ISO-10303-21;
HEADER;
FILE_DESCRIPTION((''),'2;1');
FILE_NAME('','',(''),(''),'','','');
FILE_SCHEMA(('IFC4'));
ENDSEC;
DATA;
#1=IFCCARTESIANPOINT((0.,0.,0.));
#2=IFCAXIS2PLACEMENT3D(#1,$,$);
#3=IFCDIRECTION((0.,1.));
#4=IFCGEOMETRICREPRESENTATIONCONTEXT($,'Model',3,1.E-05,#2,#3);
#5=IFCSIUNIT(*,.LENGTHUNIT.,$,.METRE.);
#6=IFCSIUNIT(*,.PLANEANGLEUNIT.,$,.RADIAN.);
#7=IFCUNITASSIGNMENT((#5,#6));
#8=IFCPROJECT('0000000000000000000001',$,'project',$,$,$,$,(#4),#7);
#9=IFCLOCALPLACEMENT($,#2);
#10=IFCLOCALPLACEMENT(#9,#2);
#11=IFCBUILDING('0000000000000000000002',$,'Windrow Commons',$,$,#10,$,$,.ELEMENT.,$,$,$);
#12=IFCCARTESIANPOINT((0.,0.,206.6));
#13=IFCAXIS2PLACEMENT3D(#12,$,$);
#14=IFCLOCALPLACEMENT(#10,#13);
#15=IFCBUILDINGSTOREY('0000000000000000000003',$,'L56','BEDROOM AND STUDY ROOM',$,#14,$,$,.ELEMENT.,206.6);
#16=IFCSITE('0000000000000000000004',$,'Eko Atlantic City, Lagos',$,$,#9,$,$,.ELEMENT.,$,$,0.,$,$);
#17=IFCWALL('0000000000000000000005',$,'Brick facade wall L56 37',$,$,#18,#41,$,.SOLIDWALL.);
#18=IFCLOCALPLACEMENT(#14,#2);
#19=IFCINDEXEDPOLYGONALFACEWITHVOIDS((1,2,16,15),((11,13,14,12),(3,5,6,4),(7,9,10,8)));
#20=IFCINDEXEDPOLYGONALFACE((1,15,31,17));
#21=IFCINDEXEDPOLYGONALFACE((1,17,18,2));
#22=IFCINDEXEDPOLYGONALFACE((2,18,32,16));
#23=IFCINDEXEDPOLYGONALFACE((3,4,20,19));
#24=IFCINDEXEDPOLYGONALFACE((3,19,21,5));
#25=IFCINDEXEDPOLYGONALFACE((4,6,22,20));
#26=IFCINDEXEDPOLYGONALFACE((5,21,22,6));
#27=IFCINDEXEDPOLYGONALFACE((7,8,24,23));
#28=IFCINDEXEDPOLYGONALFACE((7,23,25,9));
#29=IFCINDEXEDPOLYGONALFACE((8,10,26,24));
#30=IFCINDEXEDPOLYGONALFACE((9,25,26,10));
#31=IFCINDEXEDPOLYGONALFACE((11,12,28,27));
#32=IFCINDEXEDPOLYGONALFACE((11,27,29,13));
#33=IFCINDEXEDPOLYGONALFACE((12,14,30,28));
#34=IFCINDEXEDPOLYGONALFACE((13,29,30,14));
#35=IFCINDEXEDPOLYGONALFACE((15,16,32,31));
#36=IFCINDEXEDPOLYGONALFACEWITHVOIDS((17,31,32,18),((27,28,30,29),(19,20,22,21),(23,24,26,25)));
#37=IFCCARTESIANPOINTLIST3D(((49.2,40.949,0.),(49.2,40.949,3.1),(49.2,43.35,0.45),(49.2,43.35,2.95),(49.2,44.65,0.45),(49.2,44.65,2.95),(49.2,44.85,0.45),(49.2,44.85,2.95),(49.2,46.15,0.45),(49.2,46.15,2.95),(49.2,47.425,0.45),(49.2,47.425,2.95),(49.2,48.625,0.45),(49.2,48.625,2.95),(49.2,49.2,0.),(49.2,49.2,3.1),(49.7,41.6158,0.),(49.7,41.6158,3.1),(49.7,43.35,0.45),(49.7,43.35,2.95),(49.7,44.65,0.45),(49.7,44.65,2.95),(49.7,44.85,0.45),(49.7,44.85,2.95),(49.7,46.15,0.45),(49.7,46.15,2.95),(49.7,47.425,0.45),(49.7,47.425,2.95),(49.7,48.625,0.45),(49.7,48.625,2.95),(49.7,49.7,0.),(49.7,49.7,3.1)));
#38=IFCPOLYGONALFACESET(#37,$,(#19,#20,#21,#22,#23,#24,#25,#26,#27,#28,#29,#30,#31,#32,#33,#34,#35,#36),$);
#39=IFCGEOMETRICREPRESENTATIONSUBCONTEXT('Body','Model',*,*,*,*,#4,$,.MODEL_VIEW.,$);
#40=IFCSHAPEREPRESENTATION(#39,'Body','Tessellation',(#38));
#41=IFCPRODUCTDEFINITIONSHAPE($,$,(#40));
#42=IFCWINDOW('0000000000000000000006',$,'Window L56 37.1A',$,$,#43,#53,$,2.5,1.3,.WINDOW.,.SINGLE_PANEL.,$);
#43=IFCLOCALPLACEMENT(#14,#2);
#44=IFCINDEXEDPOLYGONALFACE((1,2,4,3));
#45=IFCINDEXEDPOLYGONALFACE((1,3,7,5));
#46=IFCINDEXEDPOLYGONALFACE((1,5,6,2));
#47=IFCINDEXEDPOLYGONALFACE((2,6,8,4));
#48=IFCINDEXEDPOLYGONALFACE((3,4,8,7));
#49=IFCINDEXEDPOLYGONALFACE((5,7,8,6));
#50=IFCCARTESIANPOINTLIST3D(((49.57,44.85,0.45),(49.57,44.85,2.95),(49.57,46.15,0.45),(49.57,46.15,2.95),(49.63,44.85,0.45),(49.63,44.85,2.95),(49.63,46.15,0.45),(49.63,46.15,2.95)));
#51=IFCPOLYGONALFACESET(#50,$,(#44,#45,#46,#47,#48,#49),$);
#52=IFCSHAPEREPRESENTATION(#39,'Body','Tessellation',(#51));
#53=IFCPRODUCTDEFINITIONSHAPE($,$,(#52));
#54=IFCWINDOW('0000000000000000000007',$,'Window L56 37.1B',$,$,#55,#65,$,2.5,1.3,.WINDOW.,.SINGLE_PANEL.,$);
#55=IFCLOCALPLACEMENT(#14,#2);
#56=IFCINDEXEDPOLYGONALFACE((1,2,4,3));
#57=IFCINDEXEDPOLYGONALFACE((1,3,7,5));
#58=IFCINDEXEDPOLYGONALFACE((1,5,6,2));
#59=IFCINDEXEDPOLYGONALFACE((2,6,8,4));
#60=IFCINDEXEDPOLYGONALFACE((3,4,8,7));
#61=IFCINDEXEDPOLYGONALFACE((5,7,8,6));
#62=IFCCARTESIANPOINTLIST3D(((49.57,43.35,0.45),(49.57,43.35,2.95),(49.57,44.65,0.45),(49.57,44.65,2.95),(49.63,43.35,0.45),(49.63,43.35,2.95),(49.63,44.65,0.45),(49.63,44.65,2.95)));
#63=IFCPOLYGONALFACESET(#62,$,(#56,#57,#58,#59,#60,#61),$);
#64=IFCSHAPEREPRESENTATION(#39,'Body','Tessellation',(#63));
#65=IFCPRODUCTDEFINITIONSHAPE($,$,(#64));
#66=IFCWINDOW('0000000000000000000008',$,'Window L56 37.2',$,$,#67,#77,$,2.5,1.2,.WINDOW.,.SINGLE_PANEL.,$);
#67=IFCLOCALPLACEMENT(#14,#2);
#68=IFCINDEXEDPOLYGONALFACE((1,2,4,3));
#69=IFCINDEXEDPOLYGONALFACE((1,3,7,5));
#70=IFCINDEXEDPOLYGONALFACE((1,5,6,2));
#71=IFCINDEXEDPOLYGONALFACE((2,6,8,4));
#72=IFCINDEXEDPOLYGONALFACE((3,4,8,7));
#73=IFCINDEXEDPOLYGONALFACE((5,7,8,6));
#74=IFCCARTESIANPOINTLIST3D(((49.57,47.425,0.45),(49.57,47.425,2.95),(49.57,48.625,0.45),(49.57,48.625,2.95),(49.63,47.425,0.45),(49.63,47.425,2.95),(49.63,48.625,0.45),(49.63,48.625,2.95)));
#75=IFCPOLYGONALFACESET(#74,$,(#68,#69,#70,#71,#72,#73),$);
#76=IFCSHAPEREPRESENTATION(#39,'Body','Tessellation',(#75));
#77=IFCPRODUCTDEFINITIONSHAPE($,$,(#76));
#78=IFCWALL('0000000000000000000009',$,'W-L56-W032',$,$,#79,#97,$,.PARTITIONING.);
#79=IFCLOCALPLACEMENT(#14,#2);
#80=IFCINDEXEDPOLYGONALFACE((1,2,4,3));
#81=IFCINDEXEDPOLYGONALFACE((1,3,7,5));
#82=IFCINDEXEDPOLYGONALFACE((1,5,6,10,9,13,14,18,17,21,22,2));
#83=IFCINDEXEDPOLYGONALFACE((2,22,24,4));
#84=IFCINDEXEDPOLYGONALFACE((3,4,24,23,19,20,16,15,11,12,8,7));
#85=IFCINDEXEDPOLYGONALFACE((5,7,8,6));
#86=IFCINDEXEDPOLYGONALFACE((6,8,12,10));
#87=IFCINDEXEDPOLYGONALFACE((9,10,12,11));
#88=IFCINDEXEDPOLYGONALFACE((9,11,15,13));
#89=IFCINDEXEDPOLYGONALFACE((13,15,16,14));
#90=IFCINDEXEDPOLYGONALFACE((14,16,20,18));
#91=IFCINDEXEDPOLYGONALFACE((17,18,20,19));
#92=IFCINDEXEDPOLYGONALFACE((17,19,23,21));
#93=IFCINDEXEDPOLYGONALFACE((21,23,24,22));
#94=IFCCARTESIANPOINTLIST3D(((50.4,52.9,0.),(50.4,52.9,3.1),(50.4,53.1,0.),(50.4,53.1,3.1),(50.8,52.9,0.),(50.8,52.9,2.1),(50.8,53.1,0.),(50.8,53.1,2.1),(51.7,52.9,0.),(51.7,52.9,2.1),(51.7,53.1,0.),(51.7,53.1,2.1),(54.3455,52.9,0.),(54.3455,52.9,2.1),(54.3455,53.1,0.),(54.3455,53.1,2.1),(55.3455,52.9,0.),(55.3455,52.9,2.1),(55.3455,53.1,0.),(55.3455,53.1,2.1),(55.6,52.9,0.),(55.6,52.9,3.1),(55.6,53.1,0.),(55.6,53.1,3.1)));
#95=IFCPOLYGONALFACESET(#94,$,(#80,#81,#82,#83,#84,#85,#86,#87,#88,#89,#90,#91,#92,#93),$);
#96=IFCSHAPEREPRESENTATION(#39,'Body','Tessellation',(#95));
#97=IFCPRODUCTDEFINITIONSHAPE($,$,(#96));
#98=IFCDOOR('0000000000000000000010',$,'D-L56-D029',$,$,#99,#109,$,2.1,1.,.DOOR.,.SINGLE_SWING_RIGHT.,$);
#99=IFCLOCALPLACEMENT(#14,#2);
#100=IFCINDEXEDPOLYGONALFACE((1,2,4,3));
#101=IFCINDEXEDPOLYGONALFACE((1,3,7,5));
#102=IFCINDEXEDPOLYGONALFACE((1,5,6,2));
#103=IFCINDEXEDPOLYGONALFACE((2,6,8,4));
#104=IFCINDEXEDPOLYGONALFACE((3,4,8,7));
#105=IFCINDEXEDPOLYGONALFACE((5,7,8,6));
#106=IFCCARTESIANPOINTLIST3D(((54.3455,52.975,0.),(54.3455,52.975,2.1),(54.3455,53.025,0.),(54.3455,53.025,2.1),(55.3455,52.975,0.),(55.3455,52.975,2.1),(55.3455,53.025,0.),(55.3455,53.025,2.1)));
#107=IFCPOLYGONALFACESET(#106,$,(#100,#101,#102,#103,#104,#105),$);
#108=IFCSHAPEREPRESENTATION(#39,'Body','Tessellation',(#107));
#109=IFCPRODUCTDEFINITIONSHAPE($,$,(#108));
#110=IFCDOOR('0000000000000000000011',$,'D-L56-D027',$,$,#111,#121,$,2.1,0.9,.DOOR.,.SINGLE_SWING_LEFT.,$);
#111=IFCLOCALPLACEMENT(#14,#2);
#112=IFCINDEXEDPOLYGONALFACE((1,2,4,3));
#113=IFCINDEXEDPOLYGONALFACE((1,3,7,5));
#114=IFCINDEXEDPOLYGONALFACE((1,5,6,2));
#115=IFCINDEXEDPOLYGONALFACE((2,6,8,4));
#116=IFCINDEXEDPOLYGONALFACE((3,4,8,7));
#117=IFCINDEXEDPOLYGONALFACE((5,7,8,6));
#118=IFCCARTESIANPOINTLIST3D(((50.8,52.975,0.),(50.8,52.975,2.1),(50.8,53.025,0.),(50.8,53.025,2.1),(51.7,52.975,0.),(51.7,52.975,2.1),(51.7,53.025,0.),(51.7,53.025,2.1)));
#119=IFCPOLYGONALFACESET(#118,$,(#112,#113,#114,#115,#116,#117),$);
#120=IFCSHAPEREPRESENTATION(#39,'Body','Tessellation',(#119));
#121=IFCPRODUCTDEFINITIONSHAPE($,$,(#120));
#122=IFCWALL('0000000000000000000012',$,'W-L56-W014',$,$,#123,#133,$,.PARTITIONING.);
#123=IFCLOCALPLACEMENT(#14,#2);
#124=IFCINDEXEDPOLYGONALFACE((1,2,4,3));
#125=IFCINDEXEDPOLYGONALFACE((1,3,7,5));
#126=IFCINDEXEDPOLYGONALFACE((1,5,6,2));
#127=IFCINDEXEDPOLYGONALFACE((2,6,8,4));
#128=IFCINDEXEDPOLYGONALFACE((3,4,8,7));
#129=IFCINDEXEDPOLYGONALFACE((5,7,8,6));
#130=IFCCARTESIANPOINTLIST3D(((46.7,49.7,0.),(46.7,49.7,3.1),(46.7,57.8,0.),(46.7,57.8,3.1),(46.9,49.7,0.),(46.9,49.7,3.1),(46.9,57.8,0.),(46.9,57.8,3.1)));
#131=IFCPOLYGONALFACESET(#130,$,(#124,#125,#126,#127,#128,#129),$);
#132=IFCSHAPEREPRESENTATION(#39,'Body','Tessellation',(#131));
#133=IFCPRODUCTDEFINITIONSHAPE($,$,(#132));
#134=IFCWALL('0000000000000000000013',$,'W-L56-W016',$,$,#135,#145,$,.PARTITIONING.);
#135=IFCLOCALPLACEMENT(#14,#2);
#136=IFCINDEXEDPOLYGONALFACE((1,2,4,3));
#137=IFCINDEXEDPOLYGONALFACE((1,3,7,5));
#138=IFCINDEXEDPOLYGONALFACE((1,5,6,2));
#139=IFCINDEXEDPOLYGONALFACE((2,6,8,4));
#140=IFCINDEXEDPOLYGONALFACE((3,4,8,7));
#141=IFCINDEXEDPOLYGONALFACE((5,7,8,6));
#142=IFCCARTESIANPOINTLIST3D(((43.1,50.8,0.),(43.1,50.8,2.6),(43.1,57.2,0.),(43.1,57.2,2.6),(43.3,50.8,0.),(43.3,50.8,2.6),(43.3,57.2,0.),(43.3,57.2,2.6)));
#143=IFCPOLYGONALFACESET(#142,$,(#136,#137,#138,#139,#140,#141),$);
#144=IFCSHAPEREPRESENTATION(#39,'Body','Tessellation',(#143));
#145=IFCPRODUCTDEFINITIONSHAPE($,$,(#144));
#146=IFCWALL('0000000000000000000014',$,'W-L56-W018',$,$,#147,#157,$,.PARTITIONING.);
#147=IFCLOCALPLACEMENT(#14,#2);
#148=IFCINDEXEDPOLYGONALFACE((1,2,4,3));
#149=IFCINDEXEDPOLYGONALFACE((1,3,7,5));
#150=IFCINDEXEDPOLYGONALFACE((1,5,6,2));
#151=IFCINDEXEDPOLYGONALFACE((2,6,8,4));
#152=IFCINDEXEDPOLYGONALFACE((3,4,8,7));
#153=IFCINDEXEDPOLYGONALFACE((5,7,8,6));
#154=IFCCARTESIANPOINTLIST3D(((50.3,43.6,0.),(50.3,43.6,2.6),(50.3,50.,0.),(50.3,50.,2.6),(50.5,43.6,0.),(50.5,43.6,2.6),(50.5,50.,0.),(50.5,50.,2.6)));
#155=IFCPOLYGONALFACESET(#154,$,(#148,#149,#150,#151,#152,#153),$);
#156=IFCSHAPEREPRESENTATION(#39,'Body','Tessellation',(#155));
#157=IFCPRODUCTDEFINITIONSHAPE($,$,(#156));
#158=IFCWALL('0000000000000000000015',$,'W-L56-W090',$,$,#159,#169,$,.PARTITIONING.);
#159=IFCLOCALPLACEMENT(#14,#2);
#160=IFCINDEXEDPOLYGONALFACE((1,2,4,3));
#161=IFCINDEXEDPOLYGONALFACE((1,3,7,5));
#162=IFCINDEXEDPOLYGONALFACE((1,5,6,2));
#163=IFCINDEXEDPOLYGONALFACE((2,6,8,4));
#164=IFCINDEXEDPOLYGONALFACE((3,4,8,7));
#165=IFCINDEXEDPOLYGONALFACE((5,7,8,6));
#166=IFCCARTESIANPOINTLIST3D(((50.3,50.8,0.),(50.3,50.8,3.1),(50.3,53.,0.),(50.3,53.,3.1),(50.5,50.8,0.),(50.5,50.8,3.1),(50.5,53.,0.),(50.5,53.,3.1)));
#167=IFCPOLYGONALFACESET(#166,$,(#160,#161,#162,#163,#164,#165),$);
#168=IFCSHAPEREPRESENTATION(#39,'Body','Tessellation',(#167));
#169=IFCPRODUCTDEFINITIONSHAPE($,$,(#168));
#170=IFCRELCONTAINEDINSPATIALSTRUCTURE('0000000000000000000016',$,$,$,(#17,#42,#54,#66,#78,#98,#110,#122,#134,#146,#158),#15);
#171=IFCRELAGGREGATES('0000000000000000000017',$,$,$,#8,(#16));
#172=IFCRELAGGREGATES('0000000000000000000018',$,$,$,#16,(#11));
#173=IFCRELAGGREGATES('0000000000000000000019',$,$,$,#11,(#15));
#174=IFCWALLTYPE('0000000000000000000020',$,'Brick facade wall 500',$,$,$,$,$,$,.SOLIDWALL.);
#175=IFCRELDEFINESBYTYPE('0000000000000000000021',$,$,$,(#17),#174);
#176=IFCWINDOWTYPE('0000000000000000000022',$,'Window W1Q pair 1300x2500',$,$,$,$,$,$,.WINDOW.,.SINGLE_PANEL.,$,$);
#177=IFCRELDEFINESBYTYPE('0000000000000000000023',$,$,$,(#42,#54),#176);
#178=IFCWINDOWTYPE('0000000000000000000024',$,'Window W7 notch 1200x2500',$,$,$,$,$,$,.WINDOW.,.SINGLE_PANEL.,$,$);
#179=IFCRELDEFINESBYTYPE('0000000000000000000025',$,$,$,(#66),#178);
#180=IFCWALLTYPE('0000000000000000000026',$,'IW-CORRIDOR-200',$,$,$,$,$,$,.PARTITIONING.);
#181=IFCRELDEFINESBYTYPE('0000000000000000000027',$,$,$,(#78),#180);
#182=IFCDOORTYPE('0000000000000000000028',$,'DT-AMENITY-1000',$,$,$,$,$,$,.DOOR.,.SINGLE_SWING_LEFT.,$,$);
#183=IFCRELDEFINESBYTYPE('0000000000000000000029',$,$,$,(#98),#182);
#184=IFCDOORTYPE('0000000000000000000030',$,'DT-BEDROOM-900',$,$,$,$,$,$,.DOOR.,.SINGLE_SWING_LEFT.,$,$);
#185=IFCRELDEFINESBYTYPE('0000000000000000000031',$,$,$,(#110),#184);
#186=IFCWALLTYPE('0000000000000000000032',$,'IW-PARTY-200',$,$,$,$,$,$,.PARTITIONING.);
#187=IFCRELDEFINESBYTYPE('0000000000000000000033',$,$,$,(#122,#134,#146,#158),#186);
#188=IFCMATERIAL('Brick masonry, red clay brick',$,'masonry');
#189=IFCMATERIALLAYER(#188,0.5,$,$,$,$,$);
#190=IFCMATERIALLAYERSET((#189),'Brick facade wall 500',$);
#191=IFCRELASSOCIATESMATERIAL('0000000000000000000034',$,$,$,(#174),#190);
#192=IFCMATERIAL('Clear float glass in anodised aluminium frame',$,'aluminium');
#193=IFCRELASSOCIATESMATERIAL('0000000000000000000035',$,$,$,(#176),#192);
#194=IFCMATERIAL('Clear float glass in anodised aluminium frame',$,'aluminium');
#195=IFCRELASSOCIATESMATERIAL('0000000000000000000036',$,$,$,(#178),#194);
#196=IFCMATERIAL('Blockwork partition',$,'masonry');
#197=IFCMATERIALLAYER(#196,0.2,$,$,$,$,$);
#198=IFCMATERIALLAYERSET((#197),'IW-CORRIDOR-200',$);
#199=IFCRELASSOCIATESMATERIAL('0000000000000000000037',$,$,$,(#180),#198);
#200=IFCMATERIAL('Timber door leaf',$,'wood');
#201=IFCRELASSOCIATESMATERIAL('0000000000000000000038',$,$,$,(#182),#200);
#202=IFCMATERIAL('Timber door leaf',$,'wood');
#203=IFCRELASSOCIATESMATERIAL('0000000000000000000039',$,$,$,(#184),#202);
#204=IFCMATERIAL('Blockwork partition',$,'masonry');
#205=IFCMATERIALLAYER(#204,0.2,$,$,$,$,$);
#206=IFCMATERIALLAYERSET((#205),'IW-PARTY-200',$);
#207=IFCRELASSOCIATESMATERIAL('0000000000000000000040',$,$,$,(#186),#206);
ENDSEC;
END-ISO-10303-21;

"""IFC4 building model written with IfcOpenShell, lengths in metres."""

from ifc_helpers import new_model, si_unit, direction, frame, frame_2d, origin, place, context, subcontext, project, spatial, polyline, rectangle, outline, extrude, material, layer, layer_set, type_object, element, fill, save


model = new_model("IFC4")

# Units and contexts
model_context = context("Model", 3, precision=1e-05, world=origin(), true_north=direction((0.0, 1.0)))
body_context = subcontext(model_context, "Body", "Model", "MODEL_VIEW")
ifc_project = project(units=[si_unit("LENGTHUNIT", "METRE"), si_unit("PLANEANGLEUNIT", "RADIAN")], contexts=[model_context])

# Site, building, storey
site_placement = place(None, origin())
site = spatial("IfcSite", under=ifc_project, at=site_placement, Name="Eko Atlantic City, Lagos", CompositionType="ELEMENT", RefElevation=0.0)
building_placement = place(site_placement, origin())
building = spatial("IfcBuilding", under=site, at=building_placement, Name="Windrow Commons", CompositionType="ELEMENT")
storey_placement = place(building_placement, frame((0.0, 0.0, 206.6)))
storey = spatial("IfcBuildingStorey", under=building, at=storey_placement, Name="L56", Description="BEDROOM AND STUDY ROOM", CompositionType="ELEMENT", Elevation=206.6)

# Wall, openings, windows
ifc_material_1 = material(Name="Brick masonry, red clay brick", Category="masonry")
ifc_layer_1 = layer(ifc_material_1, 0.5)
ifc_layer_set_1 = layer_set([ifc_layer_1], Name="Brick facade wall 500")
wall_type_1 = type_object("IfcWallType", Name="Brick facade wall 500", PredefinedType="SOLIDWALL", material=ifc_layer_set_1)
ifc_material_2 = material(Name="Clear float glass in anodised aluminium frame", Category="aluminium")
window_type_1 = type_object("IfcWindowType", Name="Window W1Q pair 1300x2500", PartitioningType="SINGLE_PANEL", PredefinedType="WINDOW", material=ifc_material_2)
ifc_material_3 = material(Name="Clear float glass in anodised aluminium frame", Category="aluminium")
window_type_2 = type_object("IfcWindowType", Name="Window W7 notch 1200x2500", PartitioningType="SINGLE_PANEL", PredefinedType="WINDOW", material=ifc_material_3)
wall_1_placement = place(storey_placement, frame((49.45, 49.45, 0.0), z_axis=(0.0, 0.0, 1.0), x_axis=(0.0, -1.0, 0.0)))
wall_1 = element("IfcWall", 1, at=wall_1_placement, inside=storey, type_object=wall_type_1, Name="Brick facade wall L56 37", PredefinedType="SOLIDWALL", context=body_context, shape_type="SweptSolid", body=[
    extrude(outline(polyline([(0.25, -0.25), (8.501, -0.25), (7.8342, 0.25), (-0.25, 0.25), (0.25, -0.25)])), origin(), (0.0, 0.0, 1.0), 3.1),
])
opening_1_placement = place(wall_1_placement, frame((3.3, 0.0, 0.45)))
opening_1 = element("IfcOpeningElement", 2, at=opening_1_placement, cuts=wall_1, PredefinedType="OPENING", context=body_context, shape_type="SweptSolid", body=[
    extrude(rectangle(XDim=1.3, YDim=2.5, at=frame_2d((0.65, 1.25))), frame((0.0, 0.26, 0.0), z_axis=(0.0, -1.0, 0.0), x_axis=(1.0, 0.0, 0.0)), (0.0, 0.0, 1.0), 0.52),
])
opening_2_placement = place(wall_1_placement, frame((4.8, 0.0, 0.45)))
opening_2 = element("IfcOpeningElement", 3, at=opening_2_placement, cuts=wall_1, PredefinedType="OPENING", context=body_context, shape_type="SweptSolid", body=[
    extrude(rectangle(XDim=1.3, YDim=2.5, at=frame_2d((0.65, 1.25))), frame((0.0, 0.26, 0.0), z_axis=(0.0, -1.0, 0.0), x_axis=(1.0, 0.0, 0.0)), (0.0, 0.0, 1.0), 0.52),
])
opening_3_placement = place(wall_1_placement, frame((0.825, 0.0, 0.45)))
opening_3 = element("IfcOpeningElement", 4, at=opening_3_placement, cuts=wall_1, PredefinedType="OPENING", context=body_context, shape_type="SweptSolid", body=[
    extrude(rectangle(XDim=1.2, YDim=2.5, at=frame_2d((0.6, 1.25))), frame((0.0, 0.26, 0.0), z_axis=(0.0, -1.0, 0.0), x_axis=(1.0, 0.0, 0.0)), (0.0, 0.0, 1.0), 0.52),
])
window_1_placement = place(opening_1_placement, origin())
window_1 = element("IfcWindow", 5, at=window_1_placement, inside=storey, type_object=window_type_1, Name="Window L56 37.1A", OverallHeight=2.5, OverallWidth=1.3, PartitioningType="SINGLE_PANEL", PredefinedType="WINDOW", context=body_context, shape_type="SweptSolid", body=[
    extrude(rectangle(XDim=1.3, YDim=2.5, at=frame_2d((0.65, 1.25))), frame((0.0, 0.18, 0.0), z_axis=(0.0, -1.0, 0.0), x_axis=(1.0, 0.0, 0.0)), (0.0, 0.0, 1.0), 0.06),
])
fill(opening_1, window_1)
window_2_placement = place(opening_2_placement, origin())
window_2 = element("IfcWindow", 6, at=window_2_placement, inside=storey, type_object=window_type_1, Name="Window L56 37.1B", OverallHeight=2.5, OverallWidth=1.3, PartitioningType="SINGLE_PANEL", PredefinedType="WINDOW", context=body_context, shape_type="SweptSolid", body=[
    extrude(rectangle(XDim=1.3, YDim=2.5, at=frame_2d((0.65, 1.25))), frame((0.0, 0.18, 0.0), z_axis=(0.0, -1.0, 0.0), x_axis=(1.0, 0.0, 0.0)), (0.0, 0.0, 1.0), 0.06),
])
fill(opening_2, window_2)
window_3_placement = place(opening_3_placement, origin())
window_3 = element("IfcWindow", 7, at=window_3_placement, inside=storey, type_object=window_type_2, Name="Window L56 37.2", OverallHeight=2.5, OverallWidth=1.2, PartitioningType="SINGLE_PANEL", PredefinedType="WINDOW", context=body_context, shape_type="SweptSolid", body=[
    extrude(rectangle(XDim=1.2, YDim=2.5, at=frame_2d((0.6, 1.25))), frame((0.0, 0.18, 0.0), z_axis=(0.0, -1.0, 0.0), x_axis=(1.0, 0.0, 0.0)), (0.0, 0.0, 1.0), 0.06),
])
fill(opening_3, window_3)

# Wall, openings, doors
ifc_material_4 = material(Name="Blockwork partition", Category="masonry")
ifc_layer_2 = layer(ifc_material_4, 0.2)
ifc_layer_set_2 = layer_set([ifc_layer_2], Name="IW-CORRIDOR-200")
wall_type_2 = type_object("IfcWallType", Name="IW-CORRIDOR-200", PredefinedType="PARTITIONING", material=ifc_layer_set_2)
wall_2_placement = place(storey_placement, frame((50.4, 53.0, 0.0), z_axis=(0.0, 0.0, 1.0), x_axis=(1.0, 0.0, 0.0)))
wall_2 = element("IfcWall", 8, at=wall_2_placement, inside=storey, type_object=wall_type_2, Name="W-L56-W032", PredefinedType="PARTITIONING", context=body_context, shape_type="SweptSolid", body=[
    extrude(rectangle(XDim=5.2, YDim=0.2, at=frame_2d((2.6, 0.0))), origin(), (0.0, 0.0, 1.0), 3.1),
])
opening_4_placement = place(wall_2_placement, frame((0.4, 0.0, 0.0)))
opening_4 = element("IfcOpeningElement", 9, at=opening_4_placement, cuts=wall_2, PredefinedType="OPENING", context=body_context, shape_type="SweptSolid", body=[
    extrude(rectangle(XDim=0.9, YDim=2.1, at=frame_2d((0.45, 1.05))), frame((0.0, 0.11, 0.0), z_axis=(0.0, -1.0, 0.0), x_axis=(1.0, 0.0, 0.0)), (0.0, 0.0, 1.0), 0.22),
])
opening_5_placement = place(wall_2_placement, frame((3.9455, 0.0, 0.0)))
opening_5 = element("IfcOpeningElement", 10, at=opening_5_placement, cuts=wall_2, PredefinedType="OPENING", context=body_context, shape_type="SweptSolid", body=[
    extrude(rectangle(XDim=1.0, YDim=2.1, at=frame_2d((0.5, 1.05))), frame((0.0, 0.11, 0.0), z_axis=(0.0, -1.0, 0.0), x_axis=(1.0, 0.0, 0.0)), (0.0, 0.0, 1.0), 0.22),
])
ifc_material_5 = material(Name="Timber door leaf", Category="wood")
door_type_1 = type_object("IfcDoorType", Name="DT-AMENITY-1000", OperationType="SINGLE_SWING_LEFT", PredefinedType="DOOR", material=ifc_material_5)
door_1_placement = place(opening_5_placement, origin())
door_1 = element("IfcDoor", 11, at=door_1_placement, inside=storey, type_object=door_type_1, Name="D-L56-D029", OperationType="SINGLE_SWING_RIGHT", OverallHeight=2.1, OverallWidth=1.0, PredefinedType="DOOR", context=body_context, shape_type="SweptSolid", body=[
    extrude(rectangle(XDim=1.0, YDim=2.1, at=frame_2d((0.5, 1.05))), frame((0.0, 0.025, 0.0), z_axis=(0.0, -1.0, 0.0), x_axis=(1.0, 0.0, 0.0)), (0.0, 0.0, 1.0), 0.05),
])
fill(opening_5, door_1)
ifc_material_6 = material(Name="Timber door leaf", Category="wood")
door_type_2 = type_object("IfcDoorType", Name="DT-BEDROOM-900", OperationType="SINGLE_SWING_LEFT", PredefinedType="DOOR", material=ifc_material_6)
door_2_placement = place(opening_4_placement, origin())
door_2 = element("IfcDoor", 12, at=door_2_placement, inside=storey, type_object=door_type_2, Name="D-L56-D027", OperationType="SINGLE_SWING_LEFT", OverallHeight=2.1, OverallWidth=0.9, PredefinedType="DOOR", context=body_context, shape_type="SweptSolid", body=[
    extrude(rectangle(XDim=0.9, YDim=2.1, at=frame_2d((0.45, 1.05))), frame((0.0, 0.025, 0.0), z_axis=(0.0, -1.0, 0.0), x_axis=(1.0, 0.0, 0.0)), (0.0, 0.0, 1.0), 0.05),
])
fill(opening_4, door_2)

# Walls
ifc_material_7 = material(Name="Blockwork partition", Category="masonry")
ifc_layer_3 = layer(ifc_material_7, 0.2)
ifc_layer_set_3 = layer_set([ifc_layer_3], Name="IW-PARTY-200")
wall_type_3 = type_object("IfcWallType", Name="IW-PARTY-200", PredefinedType="PARTITIONING", material=ifc_layer_set_3)
wall_3_placement = place(storey_placement, frame((46.8, 49.7, 0.0), z_axis=(0.0, 0.0, 1.0), x_axis=(0.0, 1.0, 0.0)))
element("IfcWall", 13, at=wall_3_placement, inside=storey, type_object=wall_type_3, Name="W-L56-W014", PredefinedType="PARTITIONING", context=body_context, shape_type="SweptSolid", body=[
    extrude(rectangle(XDim=8.1, YDim=0.2, at=frame_2d((4.05, 0.0))), origin(), (0.0, 0.0, 1.0), 3.1),
])
for number, where, z_axis, x_axis, name in (
    (14, (43.2, 50.8, 0.0), (0.0, 0.0, 1.0), (0.0, 1.0, 0.0), "W-L56-W016"),
    (15, (50.4, 43.6, 0.0), (0.0, 0.0, 1.0), (0.0, 1.0, 0.0), "W-L56-W018"),
):
    element("IfcWall", number, at=place(storey_placement, frame(where, z_axis=z_axis, x_axis=x_axis)), inside=storey, type_object=wall_type_3, Name=name, PredefinedType="PARTITIONING", context=body_context, shape_type="SweptSolid", body=[
        extrude(rectangle(XDim=6.4, YDim=0.2, at=frame_2d((3.2, 0.0))), origin(), (0.0, 0.0, 1.0), 2.6),
    ])
wall_4_placement = place(storey_placement, frame((50.4, 50.8, 0.0), z_axis=(0.0, 0.0, 1.0), x_axis=(0.0, 1.0, 0.0)))
element("IfcWall", 16, at=wall_4_placement, inside=storey, type_object=wall_type_3, Name="W-L56-W090", PredefinedType="PARTITIONING", context=body_context, shape_type="SweptSolid", body=[
    extrude(rectangle(XDim=2.2, YDim=0.2, at=frame_2d((1.1, 0.0))), origin(), (0.0, 0.0, 1.0), 3.1),
])

save(model, "model.ifc")
